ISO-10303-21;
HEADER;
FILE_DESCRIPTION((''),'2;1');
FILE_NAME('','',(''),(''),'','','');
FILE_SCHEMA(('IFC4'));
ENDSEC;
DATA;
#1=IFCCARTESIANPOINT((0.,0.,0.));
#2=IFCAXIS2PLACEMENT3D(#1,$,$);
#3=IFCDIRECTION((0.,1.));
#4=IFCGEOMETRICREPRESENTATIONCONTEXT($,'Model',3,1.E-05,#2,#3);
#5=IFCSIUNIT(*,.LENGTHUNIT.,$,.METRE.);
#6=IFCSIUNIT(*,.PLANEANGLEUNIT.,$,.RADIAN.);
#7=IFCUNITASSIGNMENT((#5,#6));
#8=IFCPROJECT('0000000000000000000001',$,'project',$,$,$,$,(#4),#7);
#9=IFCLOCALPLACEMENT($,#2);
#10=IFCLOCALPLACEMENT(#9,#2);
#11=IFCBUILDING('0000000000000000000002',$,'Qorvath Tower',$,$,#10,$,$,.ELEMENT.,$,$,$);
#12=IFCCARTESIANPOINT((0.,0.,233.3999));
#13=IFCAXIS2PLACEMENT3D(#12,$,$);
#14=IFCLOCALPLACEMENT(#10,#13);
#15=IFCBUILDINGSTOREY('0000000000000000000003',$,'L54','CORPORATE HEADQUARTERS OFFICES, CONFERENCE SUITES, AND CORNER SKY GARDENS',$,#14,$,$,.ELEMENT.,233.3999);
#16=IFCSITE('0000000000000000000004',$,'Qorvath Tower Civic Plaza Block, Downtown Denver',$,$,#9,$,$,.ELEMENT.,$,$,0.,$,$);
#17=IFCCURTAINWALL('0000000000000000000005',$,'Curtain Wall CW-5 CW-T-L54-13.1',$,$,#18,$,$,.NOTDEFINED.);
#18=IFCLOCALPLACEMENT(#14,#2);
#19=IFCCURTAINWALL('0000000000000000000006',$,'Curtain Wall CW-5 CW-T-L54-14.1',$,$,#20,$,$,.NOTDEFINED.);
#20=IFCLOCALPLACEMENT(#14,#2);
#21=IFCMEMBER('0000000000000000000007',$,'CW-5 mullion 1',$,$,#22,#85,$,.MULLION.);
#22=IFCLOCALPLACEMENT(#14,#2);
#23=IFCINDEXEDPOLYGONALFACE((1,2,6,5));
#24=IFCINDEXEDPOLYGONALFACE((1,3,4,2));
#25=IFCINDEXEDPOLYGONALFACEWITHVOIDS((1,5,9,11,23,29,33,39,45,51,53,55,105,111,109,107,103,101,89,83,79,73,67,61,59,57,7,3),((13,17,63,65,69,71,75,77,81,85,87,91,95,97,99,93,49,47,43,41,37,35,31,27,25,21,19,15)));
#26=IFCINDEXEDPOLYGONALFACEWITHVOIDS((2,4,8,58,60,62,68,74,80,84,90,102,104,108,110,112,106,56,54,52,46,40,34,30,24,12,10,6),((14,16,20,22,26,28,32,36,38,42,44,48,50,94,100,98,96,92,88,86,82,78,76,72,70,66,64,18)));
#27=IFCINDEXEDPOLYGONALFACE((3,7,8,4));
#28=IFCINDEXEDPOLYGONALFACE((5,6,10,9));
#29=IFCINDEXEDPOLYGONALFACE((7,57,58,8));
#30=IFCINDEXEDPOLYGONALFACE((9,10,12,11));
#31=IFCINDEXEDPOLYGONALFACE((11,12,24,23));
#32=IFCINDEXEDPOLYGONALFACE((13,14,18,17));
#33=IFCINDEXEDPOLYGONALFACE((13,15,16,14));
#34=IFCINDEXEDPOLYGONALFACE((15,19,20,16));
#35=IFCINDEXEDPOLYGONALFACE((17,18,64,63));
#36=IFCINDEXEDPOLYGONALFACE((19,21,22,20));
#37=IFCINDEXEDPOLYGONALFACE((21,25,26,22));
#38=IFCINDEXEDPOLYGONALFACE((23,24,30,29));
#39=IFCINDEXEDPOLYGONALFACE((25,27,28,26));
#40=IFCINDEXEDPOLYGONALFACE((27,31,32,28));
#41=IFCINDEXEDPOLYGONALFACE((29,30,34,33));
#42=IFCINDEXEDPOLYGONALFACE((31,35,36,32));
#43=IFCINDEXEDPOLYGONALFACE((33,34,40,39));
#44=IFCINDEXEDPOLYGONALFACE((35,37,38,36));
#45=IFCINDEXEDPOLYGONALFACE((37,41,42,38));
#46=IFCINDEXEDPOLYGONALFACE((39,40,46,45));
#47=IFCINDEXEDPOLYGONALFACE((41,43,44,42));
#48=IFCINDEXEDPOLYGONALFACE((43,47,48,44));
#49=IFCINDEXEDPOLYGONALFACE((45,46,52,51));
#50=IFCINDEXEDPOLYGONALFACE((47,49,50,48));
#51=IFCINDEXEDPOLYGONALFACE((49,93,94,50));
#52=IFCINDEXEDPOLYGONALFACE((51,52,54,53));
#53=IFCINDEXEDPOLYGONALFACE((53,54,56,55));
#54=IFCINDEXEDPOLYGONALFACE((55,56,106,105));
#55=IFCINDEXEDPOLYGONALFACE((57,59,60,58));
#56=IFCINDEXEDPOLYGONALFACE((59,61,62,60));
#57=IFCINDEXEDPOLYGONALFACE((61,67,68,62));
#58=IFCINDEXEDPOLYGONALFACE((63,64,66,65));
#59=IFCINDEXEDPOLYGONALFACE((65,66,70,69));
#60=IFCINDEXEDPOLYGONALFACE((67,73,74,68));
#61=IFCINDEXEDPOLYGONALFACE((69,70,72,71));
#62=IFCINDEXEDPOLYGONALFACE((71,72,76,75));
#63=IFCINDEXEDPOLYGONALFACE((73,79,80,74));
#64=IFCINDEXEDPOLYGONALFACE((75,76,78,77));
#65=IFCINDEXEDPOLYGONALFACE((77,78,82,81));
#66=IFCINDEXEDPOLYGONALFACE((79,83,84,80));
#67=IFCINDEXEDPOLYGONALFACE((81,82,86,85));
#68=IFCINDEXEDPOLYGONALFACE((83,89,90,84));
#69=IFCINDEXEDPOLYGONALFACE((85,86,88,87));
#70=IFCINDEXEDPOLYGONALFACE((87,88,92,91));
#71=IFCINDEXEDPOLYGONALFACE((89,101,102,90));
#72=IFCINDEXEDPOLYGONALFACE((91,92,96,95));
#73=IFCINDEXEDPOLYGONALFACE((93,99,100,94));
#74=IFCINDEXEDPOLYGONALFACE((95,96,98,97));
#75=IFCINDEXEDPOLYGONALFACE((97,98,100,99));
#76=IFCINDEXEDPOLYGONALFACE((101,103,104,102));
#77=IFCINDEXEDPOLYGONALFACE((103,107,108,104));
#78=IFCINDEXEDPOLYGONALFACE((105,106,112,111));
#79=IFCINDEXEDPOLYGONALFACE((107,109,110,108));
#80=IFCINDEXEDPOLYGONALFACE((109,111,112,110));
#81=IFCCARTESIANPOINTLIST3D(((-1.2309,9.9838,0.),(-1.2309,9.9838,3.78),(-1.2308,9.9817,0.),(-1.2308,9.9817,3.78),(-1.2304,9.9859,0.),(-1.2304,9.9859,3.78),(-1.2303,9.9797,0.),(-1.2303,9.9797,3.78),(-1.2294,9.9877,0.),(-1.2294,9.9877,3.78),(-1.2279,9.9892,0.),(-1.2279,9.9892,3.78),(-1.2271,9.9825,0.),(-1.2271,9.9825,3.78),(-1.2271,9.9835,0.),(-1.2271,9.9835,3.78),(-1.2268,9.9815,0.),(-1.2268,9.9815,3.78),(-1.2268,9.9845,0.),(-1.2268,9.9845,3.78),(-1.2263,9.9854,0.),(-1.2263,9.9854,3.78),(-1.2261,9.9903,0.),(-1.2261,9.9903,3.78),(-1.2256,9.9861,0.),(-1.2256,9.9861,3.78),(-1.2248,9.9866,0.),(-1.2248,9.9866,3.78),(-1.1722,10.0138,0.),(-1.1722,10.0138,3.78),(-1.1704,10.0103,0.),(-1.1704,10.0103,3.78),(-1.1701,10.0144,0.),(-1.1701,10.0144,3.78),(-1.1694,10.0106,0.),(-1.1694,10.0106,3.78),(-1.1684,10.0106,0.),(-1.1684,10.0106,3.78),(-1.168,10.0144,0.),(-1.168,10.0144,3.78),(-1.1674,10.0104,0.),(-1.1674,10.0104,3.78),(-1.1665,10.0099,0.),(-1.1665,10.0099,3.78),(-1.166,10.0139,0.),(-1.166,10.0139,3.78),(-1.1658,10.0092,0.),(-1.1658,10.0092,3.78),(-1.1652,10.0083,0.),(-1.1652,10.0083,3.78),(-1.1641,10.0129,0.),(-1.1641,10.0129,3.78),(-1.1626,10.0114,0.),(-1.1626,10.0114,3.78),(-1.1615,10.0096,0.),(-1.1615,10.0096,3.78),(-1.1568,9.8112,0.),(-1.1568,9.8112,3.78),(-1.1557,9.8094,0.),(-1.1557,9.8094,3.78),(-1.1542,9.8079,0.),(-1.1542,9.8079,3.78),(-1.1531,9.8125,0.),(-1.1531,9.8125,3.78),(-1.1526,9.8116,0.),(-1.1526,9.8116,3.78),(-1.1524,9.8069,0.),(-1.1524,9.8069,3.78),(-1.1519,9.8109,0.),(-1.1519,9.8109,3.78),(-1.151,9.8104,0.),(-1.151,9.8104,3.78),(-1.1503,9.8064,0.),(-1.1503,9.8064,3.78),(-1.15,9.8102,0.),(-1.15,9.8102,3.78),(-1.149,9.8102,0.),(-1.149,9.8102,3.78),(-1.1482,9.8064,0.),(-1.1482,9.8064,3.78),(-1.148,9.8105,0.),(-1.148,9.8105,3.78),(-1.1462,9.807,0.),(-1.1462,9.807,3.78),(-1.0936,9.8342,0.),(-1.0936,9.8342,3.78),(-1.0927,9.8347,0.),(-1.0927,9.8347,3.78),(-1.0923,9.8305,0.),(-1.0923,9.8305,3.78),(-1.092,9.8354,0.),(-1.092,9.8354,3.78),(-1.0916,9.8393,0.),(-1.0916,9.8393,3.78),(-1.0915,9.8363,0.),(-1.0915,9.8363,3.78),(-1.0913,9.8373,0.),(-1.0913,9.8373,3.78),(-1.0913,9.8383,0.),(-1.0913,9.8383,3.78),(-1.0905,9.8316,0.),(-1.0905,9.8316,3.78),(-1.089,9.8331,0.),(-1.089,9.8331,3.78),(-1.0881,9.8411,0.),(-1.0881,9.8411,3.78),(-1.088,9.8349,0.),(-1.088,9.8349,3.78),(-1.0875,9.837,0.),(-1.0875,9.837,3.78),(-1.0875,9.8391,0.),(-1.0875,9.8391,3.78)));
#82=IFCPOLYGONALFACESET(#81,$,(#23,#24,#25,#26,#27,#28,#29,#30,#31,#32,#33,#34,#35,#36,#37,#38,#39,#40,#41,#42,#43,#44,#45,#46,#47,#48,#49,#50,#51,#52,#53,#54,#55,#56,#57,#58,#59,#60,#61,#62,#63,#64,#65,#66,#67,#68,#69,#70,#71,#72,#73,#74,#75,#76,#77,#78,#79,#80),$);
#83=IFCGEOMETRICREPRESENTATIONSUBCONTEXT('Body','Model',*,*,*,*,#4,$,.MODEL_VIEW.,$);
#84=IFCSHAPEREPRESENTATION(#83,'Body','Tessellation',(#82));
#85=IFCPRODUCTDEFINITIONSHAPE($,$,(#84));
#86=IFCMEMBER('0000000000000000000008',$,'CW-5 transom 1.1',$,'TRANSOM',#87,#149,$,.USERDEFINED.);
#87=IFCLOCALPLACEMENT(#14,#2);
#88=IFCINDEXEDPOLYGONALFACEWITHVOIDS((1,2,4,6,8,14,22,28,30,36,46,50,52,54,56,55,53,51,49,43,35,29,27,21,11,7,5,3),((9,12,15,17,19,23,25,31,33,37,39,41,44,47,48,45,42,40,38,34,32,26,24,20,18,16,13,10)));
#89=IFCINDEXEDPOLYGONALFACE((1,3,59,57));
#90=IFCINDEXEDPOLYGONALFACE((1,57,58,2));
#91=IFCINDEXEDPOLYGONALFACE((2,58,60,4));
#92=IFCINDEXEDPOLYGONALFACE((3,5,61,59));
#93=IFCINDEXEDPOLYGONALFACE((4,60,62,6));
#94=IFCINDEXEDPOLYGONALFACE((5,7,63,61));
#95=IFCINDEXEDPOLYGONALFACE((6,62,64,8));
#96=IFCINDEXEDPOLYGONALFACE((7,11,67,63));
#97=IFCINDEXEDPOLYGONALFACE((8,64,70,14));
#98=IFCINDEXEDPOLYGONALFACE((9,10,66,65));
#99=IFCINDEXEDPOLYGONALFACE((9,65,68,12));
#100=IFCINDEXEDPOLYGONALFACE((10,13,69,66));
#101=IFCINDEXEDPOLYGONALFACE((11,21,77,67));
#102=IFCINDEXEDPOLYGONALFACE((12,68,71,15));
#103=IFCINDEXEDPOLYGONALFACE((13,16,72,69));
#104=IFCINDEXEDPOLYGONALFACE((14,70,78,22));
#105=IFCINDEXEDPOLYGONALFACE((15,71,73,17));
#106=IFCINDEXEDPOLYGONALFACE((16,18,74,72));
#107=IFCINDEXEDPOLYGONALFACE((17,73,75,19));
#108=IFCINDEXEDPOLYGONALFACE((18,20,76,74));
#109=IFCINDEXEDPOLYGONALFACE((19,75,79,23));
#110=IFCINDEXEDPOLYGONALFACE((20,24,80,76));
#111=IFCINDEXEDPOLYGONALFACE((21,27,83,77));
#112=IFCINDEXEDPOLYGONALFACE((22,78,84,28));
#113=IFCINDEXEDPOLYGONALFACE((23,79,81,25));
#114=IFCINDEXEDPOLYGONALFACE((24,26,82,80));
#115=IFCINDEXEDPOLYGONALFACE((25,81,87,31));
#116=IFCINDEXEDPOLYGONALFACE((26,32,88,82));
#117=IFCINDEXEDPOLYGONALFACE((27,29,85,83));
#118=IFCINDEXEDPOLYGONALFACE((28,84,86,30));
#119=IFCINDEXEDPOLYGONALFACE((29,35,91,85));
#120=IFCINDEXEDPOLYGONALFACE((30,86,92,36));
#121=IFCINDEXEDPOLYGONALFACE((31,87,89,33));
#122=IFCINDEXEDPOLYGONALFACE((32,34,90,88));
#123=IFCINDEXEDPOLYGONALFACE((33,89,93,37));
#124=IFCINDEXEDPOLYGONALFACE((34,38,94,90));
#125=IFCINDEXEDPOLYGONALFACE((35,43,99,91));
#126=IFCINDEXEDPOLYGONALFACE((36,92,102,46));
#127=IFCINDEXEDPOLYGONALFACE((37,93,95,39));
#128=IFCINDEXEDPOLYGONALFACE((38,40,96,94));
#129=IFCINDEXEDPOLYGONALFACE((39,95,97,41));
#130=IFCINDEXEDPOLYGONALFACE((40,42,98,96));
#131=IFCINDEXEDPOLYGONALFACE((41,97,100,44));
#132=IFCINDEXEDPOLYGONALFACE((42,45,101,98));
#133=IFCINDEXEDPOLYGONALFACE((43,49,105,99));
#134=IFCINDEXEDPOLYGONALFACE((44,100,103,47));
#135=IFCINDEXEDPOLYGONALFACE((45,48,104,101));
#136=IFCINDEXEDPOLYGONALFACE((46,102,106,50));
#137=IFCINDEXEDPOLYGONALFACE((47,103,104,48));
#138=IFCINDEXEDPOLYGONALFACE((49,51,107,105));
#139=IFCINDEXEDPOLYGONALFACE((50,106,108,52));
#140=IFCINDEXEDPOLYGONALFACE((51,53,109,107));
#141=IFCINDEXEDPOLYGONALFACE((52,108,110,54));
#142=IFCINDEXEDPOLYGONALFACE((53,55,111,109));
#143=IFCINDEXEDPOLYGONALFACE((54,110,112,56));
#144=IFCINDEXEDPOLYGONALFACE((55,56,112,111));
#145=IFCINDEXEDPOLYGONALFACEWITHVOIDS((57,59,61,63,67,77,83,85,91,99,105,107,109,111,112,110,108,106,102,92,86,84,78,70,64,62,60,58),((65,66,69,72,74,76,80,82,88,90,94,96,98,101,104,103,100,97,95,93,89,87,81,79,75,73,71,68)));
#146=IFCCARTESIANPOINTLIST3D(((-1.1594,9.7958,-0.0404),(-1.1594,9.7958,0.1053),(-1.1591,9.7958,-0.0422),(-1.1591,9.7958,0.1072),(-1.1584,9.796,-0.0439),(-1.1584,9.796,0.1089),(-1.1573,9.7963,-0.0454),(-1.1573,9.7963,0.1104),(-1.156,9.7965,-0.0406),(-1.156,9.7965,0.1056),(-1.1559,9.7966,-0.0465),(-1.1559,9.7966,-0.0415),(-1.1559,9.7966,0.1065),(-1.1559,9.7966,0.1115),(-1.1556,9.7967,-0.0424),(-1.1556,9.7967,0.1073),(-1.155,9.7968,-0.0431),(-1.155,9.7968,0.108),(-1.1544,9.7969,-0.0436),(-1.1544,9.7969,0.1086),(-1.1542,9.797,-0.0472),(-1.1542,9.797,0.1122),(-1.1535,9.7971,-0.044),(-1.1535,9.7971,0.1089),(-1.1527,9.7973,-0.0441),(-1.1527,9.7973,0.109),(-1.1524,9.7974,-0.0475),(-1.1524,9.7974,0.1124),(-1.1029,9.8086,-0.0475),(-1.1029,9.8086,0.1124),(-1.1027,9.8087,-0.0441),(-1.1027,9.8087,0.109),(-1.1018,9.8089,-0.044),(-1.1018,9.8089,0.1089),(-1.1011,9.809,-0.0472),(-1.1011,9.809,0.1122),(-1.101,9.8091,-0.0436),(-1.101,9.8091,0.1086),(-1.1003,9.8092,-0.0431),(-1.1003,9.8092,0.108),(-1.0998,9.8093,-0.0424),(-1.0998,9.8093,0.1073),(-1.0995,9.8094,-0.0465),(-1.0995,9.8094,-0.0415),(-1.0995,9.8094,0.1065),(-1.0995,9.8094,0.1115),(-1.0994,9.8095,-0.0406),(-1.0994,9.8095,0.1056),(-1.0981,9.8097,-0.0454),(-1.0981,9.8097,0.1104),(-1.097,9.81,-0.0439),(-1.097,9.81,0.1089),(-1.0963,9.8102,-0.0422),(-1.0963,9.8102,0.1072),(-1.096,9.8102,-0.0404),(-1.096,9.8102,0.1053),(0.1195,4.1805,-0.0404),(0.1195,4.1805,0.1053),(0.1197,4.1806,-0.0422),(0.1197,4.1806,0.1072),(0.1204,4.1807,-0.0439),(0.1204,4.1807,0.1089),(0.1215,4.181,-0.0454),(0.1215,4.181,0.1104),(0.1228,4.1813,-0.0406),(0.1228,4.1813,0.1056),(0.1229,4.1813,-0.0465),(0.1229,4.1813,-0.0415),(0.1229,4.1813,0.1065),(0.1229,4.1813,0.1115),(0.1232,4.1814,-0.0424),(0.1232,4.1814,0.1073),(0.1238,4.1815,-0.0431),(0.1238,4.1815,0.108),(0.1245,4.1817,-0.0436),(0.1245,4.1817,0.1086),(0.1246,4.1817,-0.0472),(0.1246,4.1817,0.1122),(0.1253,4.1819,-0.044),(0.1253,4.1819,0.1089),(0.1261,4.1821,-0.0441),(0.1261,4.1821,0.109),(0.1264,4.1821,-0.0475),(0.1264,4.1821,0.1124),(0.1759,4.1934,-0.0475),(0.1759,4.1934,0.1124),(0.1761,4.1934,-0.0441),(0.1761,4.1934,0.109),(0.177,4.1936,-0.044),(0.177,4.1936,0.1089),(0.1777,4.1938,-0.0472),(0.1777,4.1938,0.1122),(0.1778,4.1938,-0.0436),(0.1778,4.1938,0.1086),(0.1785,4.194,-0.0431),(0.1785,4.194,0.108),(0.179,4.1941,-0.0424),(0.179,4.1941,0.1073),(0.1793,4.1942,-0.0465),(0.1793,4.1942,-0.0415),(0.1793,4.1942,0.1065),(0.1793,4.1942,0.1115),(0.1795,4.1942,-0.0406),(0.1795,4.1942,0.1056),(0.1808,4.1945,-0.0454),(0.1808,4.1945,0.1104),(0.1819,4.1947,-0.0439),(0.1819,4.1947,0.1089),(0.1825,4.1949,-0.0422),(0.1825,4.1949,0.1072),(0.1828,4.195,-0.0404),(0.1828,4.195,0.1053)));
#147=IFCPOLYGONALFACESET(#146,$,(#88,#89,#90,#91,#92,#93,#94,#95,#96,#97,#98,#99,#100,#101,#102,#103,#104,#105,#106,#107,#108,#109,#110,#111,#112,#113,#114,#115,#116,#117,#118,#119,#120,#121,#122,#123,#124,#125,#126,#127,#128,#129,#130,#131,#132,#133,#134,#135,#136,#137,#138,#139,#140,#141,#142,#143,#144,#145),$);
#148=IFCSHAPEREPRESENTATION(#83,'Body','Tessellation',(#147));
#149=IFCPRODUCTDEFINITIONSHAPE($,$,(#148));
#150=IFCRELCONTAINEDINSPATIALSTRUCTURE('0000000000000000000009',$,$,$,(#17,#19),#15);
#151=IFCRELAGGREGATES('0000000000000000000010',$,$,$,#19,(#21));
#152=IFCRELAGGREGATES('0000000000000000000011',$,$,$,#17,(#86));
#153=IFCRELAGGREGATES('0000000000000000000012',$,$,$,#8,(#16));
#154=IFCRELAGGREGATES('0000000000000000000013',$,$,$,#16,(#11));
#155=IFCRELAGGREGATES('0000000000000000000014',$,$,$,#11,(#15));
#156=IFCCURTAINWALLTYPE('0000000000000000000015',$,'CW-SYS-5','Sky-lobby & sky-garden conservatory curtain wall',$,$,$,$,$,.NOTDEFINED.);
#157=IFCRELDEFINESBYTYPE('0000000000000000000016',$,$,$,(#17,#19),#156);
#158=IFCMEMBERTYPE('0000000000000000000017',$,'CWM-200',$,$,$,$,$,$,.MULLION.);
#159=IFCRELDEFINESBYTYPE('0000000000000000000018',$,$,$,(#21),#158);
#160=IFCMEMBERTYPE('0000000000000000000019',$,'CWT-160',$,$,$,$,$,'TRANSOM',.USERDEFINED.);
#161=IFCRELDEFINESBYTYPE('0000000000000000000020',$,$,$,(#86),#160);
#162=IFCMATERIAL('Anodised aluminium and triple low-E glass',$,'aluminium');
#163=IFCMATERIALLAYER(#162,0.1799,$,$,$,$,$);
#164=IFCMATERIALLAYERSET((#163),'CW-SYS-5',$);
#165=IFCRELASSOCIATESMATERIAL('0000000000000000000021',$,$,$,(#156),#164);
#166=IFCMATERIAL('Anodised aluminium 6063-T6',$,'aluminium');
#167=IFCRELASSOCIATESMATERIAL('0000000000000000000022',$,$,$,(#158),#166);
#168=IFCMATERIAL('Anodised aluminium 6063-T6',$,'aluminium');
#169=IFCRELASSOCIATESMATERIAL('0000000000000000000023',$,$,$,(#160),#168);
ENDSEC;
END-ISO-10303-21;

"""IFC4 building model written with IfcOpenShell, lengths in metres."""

from ifc_helpers import new_model, si_unit, direction, frame, origin, origin_2d, place, context, subcontext, project, spatial, hollow_rectangle, extrude, material, layer, layer_set, material_profile, profile_set, type_object, element, aggregate, save


model = new_model("IFC4")

# Units and contexts
model_context = context("Model", 3, precision=1e-05, world=origin(), true_north=direction((0.0, 1.0)))
body_context = subcontext(model_context, "Body", "Model", "MODEL_VIEW")
ifc_project = project(units=[si_unit("LENGTHUNIT", "METRE"), si_unit("PLANEANGLEUNIT", "RADIAN")], contexts=[model_context])

# Site, building, storey
site_placement = place(None, origin())
site = spatial("IfcSite", under=ifc_project, at=site_placement, Name="Qorvath Tower Civic Plaza Block, Downtown Denver", CompositionType="ELEMENT", RefElevation=0.0)
building_placement = place(site_placement, origin())
building = spatial("IfcBuilding", under=site, at=building_placement, Name="Qorvath Tower", CompositionType="ELEMENT")
storey_placement = place(building_placement, frame((0.0, 0.0, 233.3999)))
storey = spatial("IfcBuildingStorey", under=building, at=storey_placement, Name="L54", Description="CORPORATE HEADQUARTERS OFFICES, CONFERENCE SUITES, AND CORNER SKY GARDENS", CompositionType="ELEMENT", Elevation=233.3999)

# Shared definitions
ifc_material_1 = material(Name="Anodised aluminium and triple low-E glass", Category="aluminium")
ifc_layer_1 = layer(ifc_material_1, 0.1799)
ifc_layer_set_1 = layer_set([ifc_layer_1], Name="CW-SYS-5")
curtain_wall_type = type_object("IfcCurtainWallType", Name="CW-SYS-5", Description="Sky-lobby & sky-garden conservatory curtain wall", PredefinedType="NOTDEFINED", material=ifc_layer_set_1)
ifc_material_2 = material(Name="Anodised aluminium 6063-T6", Category="aluminium")
ifc_material_profile_1 = material_profile(ifc_material_2, hollow_rectangle(XDim=0.075, YDim=0.2, WallThickness=0.0039, InnerFilletRadius=0.0039, OuterFilletRadius=0.0081, at=origin_2d()), Name="CWM 200x75")
ifc_profile_set_1 = profile_set([ifc_material_profile_1], Name="Anodised aluminium 6063-T6")
member_type_1 = type_object("IfcMemberType", Name="CWM-200", PredefinedType="MULLION", material=ifc_profile_set_1)

# Curtain wall
curtain_wall_1_placement = place(storey_placement, origin())
curtain_wall_1 = element("IfcCurtainWall", 1, at=curtain_wall_1_placement, inside=storey, type_object=curtain_wall_type, Name="Curtain Wall CW-5 CW-T-L54-13.1", PredefinedType="NOTDEFINED")

# Curtain wall, member
curtain_wall_2_placement = place(storey_placement, origin())
curtain_wall_2 = element("IfcCurtainWall", 2, at=curtain_wall_2_placement, inside=storey, type_object=curtain_wall_type, Name="Curtain Wall CW-5 CW-T-L54-14.1", PredefinedType="NOTDEFINED")
member_1_placement = place(storey_placement, frame((-1.1592, 9.9104, 0.0), z_axis=(0.0, 0.0, 1.0), x_axis=(-0.916729, -0.399511, 0.0)))
member_1 = element("IfcMember", 3, at=member_1_placement, type_object=member_type_1, Name="CW-5 mullion 1", PredefinedType="MULLION", context=body_context, shape_type="SweptSolid", body=[
    extrude(hollow_rectangle(XDim=0.075, YDim=0.2, WallThickness=0.0039, InnerFilletRadius=0.0039, OuterFilletRadius=0.0081, at=origin_2d()), origin(), (0.0, 0.0, 1.0), 3.78),
])

# Member
ifc_material_3 = material(Name="Anodised aluminium 6063-T6", Category="aluminium")
ifc_material_profile_2 = material_profile(ifc_material_3, hollow_rectangle(XDim=0.0649, YDim=0.1599, WallThickness=0.0034, InnerFilletRadius=0.0034, OuterFilletRadius=0.0071, at=origin_2d()), Name="CWT 160x65")
ifc_profile_set_2 = profile_set([ifc_material_profile_2], Name="Anodised aluminium 6063-T6")
member_type_2 = type_object("IfcMemberType", Name="CWT-160", ElementType="TRANSOM", PredefinedType="USERDEFINED", material=ifc_profile_set_2)
member_2_placement = place(storey_placement, frame((0.1511, 4.1877, 0.0325), z_axis=(-0.222054, 0.975034, 0.0), x_axis=(-0.975034, -0.222054, 0.0)))
member_2 = element("IfcMember", 4, at=member_2_placement, type_object=member_type_2, Name="CW-5 transom 1.1", ObjectType="TRANSOM", PredefinedType="USERDEFINED", context=body_context, shape_type="SweptSolid", body=[
    extrude(hollow_rectangle(XDim=0.0649, YDim=0.1599, WallThickness=0.0034, InnerFilletRadius=0.0034, OuterFilletRadius=0.0071, at=origin_2d()), origin(), (0.0, 0.0, 1.0), 5.759),
])
aggregate(curtain_wall_2, [member_1])

aggregate(curtain_wall_1, [member_2])

save(model, "model.ifc")
